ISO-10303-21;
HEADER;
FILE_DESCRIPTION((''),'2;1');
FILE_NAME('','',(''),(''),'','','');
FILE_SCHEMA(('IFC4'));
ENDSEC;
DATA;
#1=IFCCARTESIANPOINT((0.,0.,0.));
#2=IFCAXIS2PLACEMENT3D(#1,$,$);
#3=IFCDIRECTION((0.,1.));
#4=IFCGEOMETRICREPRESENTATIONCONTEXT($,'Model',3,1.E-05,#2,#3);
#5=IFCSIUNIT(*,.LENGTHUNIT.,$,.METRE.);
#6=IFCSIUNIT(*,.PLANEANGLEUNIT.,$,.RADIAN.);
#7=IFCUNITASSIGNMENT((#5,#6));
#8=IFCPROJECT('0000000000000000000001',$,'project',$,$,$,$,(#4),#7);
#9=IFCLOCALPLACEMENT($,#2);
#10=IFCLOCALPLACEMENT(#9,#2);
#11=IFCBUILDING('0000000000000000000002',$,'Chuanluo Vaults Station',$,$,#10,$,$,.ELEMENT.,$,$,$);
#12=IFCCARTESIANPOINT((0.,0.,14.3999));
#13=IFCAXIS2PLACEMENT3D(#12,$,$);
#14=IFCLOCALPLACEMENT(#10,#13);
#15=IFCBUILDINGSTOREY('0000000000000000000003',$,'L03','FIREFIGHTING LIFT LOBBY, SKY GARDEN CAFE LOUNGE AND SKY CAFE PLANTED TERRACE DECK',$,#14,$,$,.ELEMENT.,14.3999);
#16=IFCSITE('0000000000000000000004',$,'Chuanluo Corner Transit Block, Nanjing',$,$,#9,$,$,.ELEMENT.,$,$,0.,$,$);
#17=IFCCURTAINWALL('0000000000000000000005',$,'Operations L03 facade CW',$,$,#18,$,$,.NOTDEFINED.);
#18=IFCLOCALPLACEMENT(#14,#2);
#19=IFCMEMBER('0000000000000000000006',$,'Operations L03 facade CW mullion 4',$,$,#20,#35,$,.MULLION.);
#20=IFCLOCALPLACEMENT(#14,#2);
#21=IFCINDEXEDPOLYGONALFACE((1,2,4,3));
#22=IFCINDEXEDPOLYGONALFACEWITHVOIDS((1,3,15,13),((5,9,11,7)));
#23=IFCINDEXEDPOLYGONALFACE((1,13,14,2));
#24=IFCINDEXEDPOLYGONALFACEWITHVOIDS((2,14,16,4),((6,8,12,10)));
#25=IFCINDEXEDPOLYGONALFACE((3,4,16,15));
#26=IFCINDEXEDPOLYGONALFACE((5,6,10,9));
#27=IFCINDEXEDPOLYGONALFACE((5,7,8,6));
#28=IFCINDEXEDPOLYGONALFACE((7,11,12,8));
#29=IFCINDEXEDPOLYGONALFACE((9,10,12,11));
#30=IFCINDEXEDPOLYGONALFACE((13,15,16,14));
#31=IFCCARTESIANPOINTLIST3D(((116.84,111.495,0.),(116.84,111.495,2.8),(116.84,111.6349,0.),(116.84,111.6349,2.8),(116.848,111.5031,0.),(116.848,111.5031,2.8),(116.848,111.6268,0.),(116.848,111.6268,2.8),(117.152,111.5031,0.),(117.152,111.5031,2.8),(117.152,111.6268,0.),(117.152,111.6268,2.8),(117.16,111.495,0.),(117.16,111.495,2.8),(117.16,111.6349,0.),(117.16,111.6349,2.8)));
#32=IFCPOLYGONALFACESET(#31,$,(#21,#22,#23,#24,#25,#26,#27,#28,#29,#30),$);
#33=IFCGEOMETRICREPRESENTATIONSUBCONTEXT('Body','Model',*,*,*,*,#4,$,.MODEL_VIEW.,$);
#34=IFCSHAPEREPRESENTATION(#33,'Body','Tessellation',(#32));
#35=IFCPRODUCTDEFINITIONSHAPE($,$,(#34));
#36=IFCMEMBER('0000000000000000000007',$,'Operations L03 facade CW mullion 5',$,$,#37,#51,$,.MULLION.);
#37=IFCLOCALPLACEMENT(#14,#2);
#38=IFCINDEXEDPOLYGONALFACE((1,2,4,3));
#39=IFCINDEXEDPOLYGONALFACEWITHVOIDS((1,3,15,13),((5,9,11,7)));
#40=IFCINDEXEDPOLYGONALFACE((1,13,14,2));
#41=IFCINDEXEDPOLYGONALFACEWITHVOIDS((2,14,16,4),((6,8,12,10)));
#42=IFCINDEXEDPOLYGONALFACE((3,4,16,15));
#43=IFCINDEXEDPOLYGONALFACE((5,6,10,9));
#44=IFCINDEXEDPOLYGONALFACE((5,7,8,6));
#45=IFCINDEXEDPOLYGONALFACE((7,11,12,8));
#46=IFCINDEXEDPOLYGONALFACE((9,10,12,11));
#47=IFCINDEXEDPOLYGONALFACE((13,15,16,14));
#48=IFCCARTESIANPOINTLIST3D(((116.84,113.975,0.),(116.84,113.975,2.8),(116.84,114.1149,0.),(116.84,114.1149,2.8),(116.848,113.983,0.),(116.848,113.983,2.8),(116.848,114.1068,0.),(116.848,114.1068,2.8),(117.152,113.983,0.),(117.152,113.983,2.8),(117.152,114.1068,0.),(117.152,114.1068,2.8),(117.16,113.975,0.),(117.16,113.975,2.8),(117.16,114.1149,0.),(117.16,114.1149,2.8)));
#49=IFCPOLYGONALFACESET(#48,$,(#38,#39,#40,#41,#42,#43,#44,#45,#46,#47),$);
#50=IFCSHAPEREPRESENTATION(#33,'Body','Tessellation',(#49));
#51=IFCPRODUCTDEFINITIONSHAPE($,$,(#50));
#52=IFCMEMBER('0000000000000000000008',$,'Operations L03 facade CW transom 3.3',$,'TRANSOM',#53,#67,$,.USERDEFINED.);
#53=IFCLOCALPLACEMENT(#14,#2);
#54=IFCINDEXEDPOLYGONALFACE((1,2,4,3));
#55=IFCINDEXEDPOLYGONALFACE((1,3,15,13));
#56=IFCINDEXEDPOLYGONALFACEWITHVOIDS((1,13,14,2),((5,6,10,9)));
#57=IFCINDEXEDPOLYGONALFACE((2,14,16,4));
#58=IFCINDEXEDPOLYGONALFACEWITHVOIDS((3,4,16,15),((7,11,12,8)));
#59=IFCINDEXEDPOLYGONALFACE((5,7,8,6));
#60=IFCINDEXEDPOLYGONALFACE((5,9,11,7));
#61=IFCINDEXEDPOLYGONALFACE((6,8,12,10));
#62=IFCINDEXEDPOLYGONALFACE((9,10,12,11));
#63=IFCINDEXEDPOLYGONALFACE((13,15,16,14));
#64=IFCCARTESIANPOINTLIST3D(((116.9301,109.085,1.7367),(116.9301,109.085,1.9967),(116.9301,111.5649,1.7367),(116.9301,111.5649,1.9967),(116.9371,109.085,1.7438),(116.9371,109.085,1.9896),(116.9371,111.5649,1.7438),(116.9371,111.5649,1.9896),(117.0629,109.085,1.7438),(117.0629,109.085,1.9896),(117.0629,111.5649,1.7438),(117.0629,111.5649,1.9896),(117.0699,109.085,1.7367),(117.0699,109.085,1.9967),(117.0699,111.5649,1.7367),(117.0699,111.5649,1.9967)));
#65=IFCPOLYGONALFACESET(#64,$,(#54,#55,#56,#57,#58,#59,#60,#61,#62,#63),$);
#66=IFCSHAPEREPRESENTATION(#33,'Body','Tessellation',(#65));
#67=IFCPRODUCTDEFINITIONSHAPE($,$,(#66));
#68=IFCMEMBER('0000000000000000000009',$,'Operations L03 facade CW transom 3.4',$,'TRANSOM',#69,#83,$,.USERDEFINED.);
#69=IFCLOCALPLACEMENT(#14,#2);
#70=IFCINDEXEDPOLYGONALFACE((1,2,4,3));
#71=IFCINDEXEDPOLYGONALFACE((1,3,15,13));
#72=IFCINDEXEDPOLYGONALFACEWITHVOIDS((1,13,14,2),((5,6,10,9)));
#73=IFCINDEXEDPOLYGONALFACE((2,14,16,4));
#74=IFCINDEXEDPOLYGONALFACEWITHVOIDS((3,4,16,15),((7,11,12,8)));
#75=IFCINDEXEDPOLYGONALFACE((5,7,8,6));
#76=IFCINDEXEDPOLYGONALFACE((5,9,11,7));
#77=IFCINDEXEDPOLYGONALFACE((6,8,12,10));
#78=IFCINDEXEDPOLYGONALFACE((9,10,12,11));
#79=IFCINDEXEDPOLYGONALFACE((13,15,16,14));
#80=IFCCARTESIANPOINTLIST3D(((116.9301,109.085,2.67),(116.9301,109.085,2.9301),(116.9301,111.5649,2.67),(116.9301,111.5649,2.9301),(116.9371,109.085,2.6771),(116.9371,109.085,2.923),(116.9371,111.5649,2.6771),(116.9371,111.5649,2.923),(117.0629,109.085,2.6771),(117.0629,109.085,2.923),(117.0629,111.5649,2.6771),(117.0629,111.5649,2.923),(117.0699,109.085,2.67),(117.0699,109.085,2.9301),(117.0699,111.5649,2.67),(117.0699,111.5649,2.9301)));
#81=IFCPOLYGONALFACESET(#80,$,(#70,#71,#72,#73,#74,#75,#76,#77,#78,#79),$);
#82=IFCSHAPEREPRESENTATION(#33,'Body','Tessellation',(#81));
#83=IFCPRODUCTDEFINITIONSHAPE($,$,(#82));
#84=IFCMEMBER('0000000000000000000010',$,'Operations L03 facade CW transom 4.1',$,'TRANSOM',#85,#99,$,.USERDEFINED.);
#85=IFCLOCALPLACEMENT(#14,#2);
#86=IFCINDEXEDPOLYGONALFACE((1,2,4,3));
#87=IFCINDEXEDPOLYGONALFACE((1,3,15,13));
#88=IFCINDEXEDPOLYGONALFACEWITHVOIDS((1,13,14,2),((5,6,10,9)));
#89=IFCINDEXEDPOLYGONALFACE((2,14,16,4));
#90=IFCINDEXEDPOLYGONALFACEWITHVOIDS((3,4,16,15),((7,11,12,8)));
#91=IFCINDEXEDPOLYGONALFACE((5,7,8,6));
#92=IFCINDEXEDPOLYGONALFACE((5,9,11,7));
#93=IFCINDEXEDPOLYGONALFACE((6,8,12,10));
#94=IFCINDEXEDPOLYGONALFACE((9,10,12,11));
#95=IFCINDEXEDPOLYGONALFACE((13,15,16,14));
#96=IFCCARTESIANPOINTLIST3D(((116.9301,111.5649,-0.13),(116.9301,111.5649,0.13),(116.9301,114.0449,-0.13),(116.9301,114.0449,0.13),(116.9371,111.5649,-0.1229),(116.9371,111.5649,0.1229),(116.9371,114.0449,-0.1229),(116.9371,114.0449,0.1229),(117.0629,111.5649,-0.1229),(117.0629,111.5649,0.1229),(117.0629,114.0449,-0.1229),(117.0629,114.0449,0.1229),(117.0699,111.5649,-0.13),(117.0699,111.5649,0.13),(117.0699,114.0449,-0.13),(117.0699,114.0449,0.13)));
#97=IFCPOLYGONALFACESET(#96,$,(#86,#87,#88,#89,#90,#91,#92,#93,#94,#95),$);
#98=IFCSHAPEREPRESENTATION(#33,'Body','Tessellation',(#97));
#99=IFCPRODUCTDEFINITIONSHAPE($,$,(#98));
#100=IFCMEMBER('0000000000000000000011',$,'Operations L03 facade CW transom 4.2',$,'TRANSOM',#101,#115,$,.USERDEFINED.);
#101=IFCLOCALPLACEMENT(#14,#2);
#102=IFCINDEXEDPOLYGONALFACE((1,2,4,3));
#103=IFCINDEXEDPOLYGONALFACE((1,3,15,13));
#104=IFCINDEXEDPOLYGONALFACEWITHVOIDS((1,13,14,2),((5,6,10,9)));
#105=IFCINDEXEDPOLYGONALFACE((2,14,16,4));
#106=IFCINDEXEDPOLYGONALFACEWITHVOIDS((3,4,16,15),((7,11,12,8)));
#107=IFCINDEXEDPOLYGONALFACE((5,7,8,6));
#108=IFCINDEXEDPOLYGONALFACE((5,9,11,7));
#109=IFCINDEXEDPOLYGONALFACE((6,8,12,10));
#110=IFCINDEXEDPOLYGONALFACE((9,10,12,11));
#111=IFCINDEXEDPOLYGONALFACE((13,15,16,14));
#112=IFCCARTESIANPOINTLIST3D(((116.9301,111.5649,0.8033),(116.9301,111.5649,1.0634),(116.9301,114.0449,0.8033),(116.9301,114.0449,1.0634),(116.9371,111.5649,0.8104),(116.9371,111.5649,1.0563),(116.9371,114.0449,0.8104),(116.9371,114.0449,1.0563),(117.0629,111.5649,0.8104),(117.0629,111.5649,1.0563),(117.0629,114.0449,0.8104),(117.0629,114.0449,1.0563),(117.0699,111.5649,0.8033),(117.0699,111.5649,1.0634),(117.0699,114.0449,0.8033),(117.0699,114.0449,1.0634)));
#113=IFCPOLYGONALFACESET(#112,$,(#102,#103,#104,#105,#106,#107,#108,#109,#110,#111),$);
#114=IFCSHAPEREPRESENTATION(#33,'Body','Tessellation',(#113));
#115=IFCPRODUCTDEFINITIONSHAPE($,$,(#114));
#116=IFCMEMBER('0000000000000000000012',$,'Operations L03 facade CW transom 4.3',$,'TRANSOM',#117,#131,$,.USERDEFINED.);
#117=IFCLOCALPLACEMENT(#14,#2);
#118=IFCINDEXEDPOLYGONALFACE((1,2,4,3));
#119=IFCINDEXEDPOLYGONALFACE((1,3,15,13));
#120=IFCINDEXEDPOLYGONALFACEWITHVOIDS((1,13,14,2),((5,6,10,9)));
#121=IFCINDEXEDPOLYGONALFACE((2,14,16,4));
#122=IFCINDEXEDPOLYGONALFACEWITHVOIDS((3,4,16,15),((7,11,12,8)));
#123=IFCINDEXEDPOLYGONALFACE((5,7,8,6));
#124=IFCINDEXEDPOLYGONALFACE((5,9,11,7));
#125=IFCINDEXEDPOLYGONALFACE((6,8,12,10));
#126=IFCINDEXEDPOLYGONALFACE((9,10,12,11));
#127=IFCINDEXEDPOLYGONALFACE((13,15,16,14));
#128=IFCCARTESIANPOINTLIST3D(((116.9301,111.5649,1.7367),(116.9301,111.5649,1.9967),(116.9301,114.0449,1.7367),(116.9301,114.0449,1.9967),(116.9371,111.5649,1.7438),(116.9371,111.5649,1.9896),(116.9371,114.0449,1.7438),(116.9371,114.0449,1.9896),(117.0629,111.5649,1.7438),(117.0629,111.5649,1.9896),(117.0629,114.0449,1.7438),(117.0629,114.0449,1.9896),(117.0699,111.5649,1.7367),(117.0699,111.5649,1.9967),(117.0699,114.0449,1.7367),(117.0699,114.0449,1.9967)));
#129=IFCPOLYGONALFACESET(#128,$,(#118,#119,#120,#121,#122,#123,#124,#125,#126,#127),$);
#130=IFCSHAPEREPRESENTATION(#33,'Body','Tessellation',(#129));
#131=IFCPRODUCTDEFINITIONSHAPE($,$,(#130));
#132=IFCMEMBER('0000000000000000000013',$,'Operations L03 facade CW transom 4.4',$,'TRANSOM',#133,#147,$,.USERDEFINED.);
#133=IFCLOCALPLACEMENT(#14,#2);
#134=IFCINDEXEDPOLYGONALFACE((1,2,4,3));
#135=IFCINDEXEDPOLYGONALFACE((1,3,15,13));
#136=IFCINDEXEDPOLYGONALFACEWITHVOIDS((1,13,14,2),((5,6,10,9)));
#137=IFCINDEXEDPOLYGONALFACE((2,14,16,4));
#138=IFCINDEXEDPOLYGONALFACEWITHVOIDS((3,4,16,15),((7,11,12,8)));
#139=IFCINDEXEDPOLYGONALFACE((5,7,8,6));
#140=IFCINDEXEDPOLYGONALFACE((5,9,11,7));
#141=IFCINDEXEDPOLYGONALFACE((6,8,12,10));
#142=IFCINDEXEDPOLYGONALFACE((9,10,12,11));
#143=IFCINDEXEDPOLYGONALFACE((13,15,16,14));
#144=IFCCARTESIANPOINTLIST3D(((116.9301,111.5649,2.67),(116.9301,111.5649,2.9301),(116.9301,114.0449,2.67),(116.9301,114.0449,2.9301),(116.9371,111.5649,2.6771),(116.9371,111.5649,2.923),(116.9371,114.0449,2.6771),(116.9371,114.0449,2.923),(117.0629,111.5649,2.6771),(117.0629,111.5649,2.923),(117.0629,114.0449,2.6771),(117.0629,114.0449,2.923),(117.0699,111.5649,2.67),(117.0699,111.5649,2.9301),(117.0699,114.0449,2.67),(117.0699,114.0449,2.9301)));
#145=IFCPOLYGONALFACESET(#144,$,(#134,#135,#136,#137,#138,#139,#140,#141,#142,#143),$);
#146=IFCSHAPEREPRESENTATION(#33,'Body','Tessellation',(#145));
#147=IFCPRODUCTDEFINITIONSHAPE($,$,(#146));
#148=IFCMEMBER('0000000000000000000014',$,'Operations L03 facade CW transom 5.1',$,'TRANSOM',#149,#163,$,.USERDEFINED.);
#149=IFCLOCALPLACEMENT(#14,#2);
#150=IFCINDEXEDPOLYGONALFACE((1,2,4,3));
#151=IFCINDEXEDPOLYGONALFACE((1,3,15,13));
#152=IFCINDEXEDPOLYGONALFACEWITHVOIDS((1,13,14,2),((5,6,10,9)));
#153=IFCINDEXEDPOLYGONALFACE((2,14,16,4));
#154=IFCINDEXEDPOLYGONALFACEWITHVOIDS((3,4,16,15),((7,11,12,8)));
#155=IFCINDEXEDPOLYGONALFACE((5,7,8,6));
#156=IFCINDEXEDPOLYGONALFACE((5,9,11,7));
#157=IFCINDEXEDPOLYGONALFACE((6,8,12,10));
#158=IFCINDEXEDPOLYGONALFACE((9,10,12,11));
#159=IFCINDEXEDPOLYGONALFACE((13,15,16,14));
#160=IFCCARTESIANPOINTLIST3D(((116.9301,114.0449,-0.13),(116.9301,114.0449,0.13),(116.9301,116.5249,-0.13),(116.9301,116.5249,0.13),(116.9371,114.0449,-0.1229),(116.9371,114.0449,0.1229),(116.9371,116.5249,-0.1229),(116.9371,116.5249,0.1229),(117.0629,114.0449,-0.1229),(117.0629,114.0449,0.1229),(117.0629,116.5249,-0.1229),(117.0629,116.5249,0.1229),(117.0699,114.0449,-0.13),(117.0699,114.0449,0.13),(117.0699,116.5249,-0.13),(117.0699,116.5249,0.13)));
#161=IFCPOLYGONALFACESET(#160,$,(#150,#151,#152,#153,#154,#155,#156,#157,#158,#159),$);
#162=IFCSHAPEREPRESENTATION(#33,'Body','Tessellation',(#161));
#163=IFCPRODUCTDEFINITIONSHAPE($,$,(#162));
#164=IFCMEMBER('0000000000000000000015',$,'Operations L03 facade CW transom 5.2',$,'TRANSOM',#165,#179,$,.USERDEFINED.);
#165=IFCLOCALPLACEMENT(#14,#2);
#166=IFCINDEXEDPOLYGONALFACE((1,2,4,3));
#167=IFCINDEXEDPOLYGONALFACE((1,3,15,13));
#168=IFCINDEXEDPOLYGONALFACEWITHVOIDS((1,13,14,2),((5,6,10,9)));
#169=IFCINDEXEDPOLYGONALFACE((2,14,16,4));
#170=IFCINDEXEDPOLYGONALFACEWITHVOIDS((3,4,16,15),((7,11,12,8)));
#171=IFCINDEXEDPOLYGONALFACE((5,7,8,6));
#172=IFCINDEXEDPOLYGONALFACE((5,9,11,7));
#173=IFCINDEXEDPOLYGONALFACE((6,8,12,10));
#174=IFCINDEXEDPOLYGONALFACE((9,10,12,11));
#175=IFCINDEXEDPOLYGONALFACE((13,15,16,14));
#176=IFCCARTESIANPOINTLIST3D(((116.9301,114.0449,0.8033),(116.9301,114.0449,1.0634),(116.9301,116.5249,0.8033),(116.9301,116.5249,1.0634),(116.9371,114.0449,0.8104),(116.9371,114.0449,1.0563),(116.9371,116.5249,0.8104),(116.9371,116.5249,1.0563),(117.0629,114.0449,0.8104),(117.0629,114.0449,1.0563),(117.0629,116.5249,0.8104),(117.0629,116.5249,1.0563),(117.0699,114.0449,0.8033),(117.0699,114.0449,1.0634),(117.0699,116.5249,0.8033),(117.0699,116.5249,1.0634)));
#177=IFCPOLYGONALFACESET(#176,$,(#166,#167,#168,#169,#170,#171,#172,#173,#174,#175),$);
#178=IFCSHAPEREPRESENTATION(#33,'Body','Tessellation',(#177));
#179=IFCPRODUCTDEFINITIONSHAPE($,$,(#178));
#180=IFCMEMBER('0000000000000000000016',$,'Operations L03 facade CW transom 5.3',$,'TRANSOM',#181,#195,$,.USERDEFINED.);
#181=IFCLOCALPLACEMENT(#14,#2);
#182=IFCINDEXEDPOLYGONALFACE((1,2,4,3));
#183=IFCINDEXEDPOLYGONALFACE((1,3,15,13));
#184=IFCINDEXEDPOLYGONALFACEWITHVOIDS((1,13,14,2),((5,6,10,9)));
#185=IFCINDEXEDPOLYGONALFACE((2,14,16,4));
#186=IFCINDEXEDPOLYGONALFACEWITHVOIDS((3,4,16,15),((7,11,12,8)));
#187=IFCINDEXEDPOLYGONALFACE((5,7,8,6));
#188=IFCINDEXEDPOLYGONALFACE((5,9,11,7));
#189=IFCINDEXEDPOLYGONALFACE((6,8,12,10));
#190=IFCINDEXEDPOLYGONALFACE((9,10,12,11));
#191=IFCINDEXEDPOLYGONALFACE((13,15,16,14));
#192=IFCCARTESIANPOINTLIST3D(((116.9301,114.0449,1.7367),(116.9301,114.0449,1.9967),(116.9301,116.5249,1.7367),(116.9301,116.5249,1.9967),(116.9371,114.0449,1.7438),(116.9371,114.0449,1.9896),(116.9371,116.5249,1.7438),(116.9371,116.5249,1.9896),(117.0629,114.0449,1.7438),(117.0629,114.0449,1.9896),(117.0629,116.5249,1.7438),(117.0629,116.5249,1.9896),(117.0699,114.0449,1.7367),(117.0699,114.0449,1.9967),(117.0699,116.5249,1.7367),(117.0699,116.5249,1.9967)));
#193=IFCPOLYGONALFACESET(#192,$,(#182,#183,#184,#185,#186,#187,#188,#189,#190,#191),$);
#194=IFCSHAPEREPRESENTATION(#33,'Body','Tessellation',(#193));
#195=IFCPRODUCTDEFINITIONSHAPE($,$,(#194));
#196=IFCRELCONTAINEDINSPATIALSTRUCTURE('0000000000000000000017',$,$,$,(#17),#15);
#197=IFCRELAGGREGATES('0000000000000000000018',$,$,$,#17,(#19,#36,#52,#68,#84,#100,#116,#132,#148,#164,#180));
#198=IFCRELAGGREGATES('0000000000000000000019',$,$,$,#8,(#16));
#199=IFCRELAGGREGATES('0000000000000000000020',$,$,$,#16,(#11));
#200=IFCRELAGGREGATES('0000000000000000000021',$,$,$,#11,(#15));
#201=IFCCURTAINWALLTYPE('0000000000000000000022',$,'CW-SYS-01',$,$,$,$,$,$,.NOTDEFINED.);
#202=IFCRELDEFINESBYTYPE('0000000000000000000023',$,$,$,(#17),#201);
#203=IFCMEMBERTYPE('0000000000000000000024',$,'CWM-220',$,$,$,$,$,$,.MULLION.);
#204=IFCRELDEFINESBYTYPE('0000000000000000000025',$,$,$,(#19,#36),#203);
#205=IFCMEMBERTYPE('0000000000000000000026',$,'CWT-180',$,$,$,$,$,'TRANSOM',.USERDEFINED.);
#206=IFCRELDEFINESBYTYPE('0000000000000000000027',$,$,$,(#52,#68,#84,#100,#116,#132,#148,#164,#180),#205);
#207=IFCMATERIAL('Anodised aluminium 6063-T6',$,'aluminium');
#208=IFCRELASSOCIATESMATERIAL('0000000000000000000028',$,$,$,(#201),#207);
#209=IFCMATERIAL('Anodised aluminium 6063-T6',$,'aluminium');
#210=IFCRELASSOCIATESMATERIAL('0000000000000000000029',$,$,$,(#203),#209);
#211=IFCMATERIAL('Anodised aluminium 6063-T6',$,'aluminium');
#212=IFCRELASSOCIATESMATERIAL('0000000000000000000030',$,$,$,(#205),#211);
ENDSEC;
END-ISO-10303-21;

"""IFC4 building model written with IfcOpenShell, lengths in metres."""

from ifc_helpers import new_model, si_unit, direction, frame, origin, origin_2d, place, context, subcontext, project, spatial, hollow_rectangle, extrude, material, material_profile, profile_set, type_object, element, aggregate, save


model = new_model("IFC4")

# Units and contexts
model_context = context("Model", 3, precision=1e-05, world=origin(), true_north=direction((0.0, 1.0)))
body_context = subcontext(model_context, "Body", "Model", "MODEL_VIEW")
ifc_project = project(units=[si_unit("LENGTHUNIT", "METRE"), si_unit("PLANEANGLEUNIT", "RADIAN")], contexts=[model_context])

# Site, building, storey
site_placement = place(None, origin())
site = spatial("IfcSite", under=ifc_project, at=site_placement, Name="Chuanluo Corner Transit Block, Nanjing", CompositionType="ELEMENT", RefElevation=0.0)
building_placement = place(site_placement, origin())
building = spatial("IfcBuilding", under=site, at=building_placement, Name="Chuanluo Vaults Station", CompositionType="ELEMENT")
storey_placement = place(building_placement, frame((0.0, 0.0, 14.3999)))
storey = spatial("IfcBuildingStorey", under=building, at=storey_placement, Name="L03", Description="FIREFIGHTING LIFT LOBBY, SKY GARDEN CAFE LOUNGE AND SKY CAFE PLANTED TERRACE DECK", CompositionType="ELEMENT", Elevation=14.3999)

# Curtain wall, members
ifc_material_1 = material(Name="Anodised aluminium 6063-T6", Category="aluminium")
curtain_wall_type = type_object("IfcCurtainWallType", Name="CW-SYS-01", PredefinedType="NOTDEFINED", material=ifc_material_1)
curtain_wall_placement = place(storey_placement, origin())
curtain_wall = element("IfcCurtainWall", 1, at=curtain_wall_placement, inside=storey, type_object=curtain_wall_type, Name="Operations L03 facade CW", PredefinedType="NOTDEFINED")
ifc_material_2 = material(Name="Anodised aluminium 6063-T6", Category="aluminium")
ifc_material_profile_1 = material_profile(ifc_material_2, hollow_rectangle(XDim=0.1399, YDim=0.3201, WallThickness=0.0081, at=origin_2d()))
ifc_profile_set_1 = profile_set([ifc_material_profile_1], Name="Anodised aluminium 6063-T6")
member_type_1 = type_object("IfcMemberType", Name="CWM-220", PredefinedType="MULLION", material=ifc_profile_set_1)
member_1_placement = place(storey_placement, frame((117.0, 111.5649, 0.0), z_axis=(0.0, 0.0, 1.0), x_axis=(0.0, 1.0, 0.0)))
member_1 = element("IfcMember", 2, at=member_1_placement, type_object=member_type_1, Name="Operations L03 facade CW mullion 4", PredefinedType="MULLION", context=body_context, shape_type="SweptSolid", body=[
    extrude(hollow_rectangle(XDim=0.1399, YDim=0.3201, WallThickness=0.0081, at=origin_2d()), origin(), (0.0, 0.0, 1.0), 2.8),
])
member_2_placement = place(storey_placement, frame((117.0, 114.0449, 0.0), z_axis=(0.0, 0.0, 1.0), x_axis=(0.0, 1.0, 0.0)))
member_2 = element("IfcMember", 3, at=member_2_placement, type_object=member_type_1, Name="Operations L03 facade CW mullion 5", PredefinedType="MULLION", context=body_context, shape_type="SweptSolid", body=[
    extrude(hollow_rectangle(XDim=0.1399, YDim=0.3201, WallThickness=0.0081, at=origin_2d()), origin(), (0.0, 0.0, 1.0), 2.8),
])
ifc_material_3 = material(Name="Anodised aluminium 6063-T6", Category="aluminium")
ifc_material_profile_2 = material_profile(ifc_material_3, hollow_rectangle(XDim=0.1399, YDim=0.26, WallThickness=0.0071, at=origin_2d()))
ifc_profile_set_2 = profile_set([ifc_material_profile_2], Name="Anodised aluminium 6063-T6")
member_type_2 = type_object("IfcMemberType", Name="CWT-180", ElementType="TRANSOM", PredefinedType="USERDEFINED", material=ifc_profile_set_2)
member_3_placement = place(storey_placement, frame((117.0, 109.085, 1.8667), z_axis=(0.0, 1.0, 0.0), x_axis=(-1.0, 0.0, 0.0)))
member_3 = element("IfcMember", 4, at=member_3_placement, type_object=member_type_2, Name="Operations L03 facade CW transom 3.3", ObjectType="TRANSOM", PredefinedType="USERDEFINED", context=body_context, shape_type="SweptSolid", body=[
    extrude(hollow_rectangle(XDim=0.1399, YDim=0.26, WallThickness=0.0071, at=origin_2d()), origin(), (0.0, 0.0, 1.0), 2.48),
])
member_4_placement = place(storey_placement, frame((117.0, 109.085, 2.8), z_axis=(0.0, 1.0, 0.0), x_axis=(-1.0, 0.0, 0.0)))
member_4 = element("IfcMember", 5, at=member_4_placement, type_object=member_type_2, Name="Operations L03 facade CW transom 3.4", ObjectType="TRANSOM", PredefinedType="USERDEFINED", context=body_context, shape_type="SweptSolid", body=[
    extrude(hollow_rectangle(XDim=0.1399, YDim=0.26, WallThickness=0.0071, at=origin_2d()), origin(), (0.0, 0.0, 1.0), 2.48),
])
member_5_placement = place(storey_placement, frame((117.0, 111.5649, 0.0), z_axis=(0.0, 1.0, 0.0), x_axis=(-1.0, 0.0, 0.0)))
member_5 = element("IfcMember", 6, at=member_5_placement, type_object=member_type_2, Name="Operations L03 facade CW transom 4.1", ObjectType="TRANSOM", PredefinedType="USERDEFINED", context=body_context, shape_type="SweptSolid", body=[
    extrude(hollow_rectangle(XDim=0.1399, YDim=0.26, WallThickness=0.0071, at=origin_2d()), origin(), (0.0, 0.0, 1.0), 2.48),
])
member_6_placement = place(storey_placement, frame((117.0, 111.5649, 0.9333), z_axis=(0.0, 1.0, 0.0), x_axis=(-1.0, 0.0, 0.0)))
member_6 = element("IfcMember", 7, at=member_6_placement, type_object=member_type_2, Name="Operations L03 facade CW transom 4.2", ObjectType="TRANSOM", PredefinedType="USERDEFINED", context=body_context, shape_type="SweptSolid", body=[
    extrude(hollow_rectangle(XDim=0.1399, YDim=0.26, WallThickness=0.0071, at=origin_2d()), origin(), (0.0, 0.0, 1.0), 2.48),
])
member_7_placement = place(storey_placement, frame((117.0, 111.5649, 1.8667), z_axis=(0.0, 1.0, 0.0), x_axis=(-1.0, 0.0, 0.0)))
member_7 = element("IfcMember", 8, at=member_7_placement, type_object=member_type_2, Name="Operations L03 facade CW transom 4.3", ObjectType="TRANSOM", PredefinedType="USERDEFINED", context=body_context, shape_type="SweptSolid", body=[
    extrude(hollow_rectangle(XDim=0.1399, YDim=0.26, WallThickness=0.0071, at=origin_2d()), origin(), (0.0, 0.0, 1.0), 2.48),
])
member_8_placement = place(storey_placement, frame((117.0, 111.5649, 2.8), z_axis=(0.0, 1.0, 0.0), x_axis=(-1.0, 0.0, 0.0)))
member_8 = element("IfcMember", 9, at=member_8_placement, type_object=member_type_2, Name="Operations L03 facade CW transom 4.4", ObjectType="TRANSOM", PredefinedType="USERDEFINED", context=body_context, shape_type="SweptSolid", body=[
    extrude(hollow_rectangle(XDim=0.1399, YDim=0.26, WallThickness=0.0071, at=origin_2d()), origin(), (0.0, 0.0, 1.0), 2.48),
])
member_9_placement = place(storey_placement, frame((117.0, 114.0449, 0.0), z_axis=(0.0, 1.0, 0.0), x_axis=(-1.0, 0.0, 0.0)))
member_9 = element("IfcMember", 10, at=member_9_placement, type_object=member_type_2, Name="Operations L03 facade CW transom 5.1", ObjectType="TRANSOM", PredefinedType="USERDEFINED", context=body_context, shape_type="SweptSolid", body=[
    extrude(hollow_rectangle(XDim=0.1399, YDim=0.26, WallThickness=0.0071, at=origin_2d()), origin(), (0.0, 0.0, 1.0), 2.48),
])
member_10_placement = place(storey_placement, frame((117.0, 114.0449, 0.9333), z_axis=(0.0, 1.0, 0.0), x_axis=(-1.0, 0.0, 0.0)))
member_10 = element("IfcMember", 11, at=member_10_placement, type_object=member_type_2, Name="Operations L03 facade CW transom 5.2", ObjectType="TRANSOM", PredefinedType="USERDEFINED", context=body_context, shape_type="SweptSolid", body=[
    extrude(hollow_rectangle(XDim=0.1399, YDim=0.26, WallThickness=0.0071, at=origin_2d()), origin(), (0.0, 0.0, 1.0), 2.48),
])
member_11_placement = place(storey_placement, frame((117.0, 114.0449, 1.8667), z_axis=(0.0, 1.0, 0.0), x_axis=(-1.0, 0.0, 0.0)))
member_11 = element("IfcMember", 12, at=member_11_placement, type_object=member_type_2, Name="Operations L03 facade CW transom 5.3", ObjectType="TRANSOM", PredefinedType="USERDEFINED", context=body_context, shape_type="SweptSolid", body=[
    extrude(hollow_rectangle(XDim=0.1399, YDim=0.26, WallThickness=0.0071, at=origin_2d()), origin(), (0.0, 0.0, 1.0), 2.48),
])
aggregate(curtain_wall, [member_1, member_2, member_3, member_4, member_5, member_6, member_7, member_8, member_9, member_10, member_11])

save(model, "model.ifc")
